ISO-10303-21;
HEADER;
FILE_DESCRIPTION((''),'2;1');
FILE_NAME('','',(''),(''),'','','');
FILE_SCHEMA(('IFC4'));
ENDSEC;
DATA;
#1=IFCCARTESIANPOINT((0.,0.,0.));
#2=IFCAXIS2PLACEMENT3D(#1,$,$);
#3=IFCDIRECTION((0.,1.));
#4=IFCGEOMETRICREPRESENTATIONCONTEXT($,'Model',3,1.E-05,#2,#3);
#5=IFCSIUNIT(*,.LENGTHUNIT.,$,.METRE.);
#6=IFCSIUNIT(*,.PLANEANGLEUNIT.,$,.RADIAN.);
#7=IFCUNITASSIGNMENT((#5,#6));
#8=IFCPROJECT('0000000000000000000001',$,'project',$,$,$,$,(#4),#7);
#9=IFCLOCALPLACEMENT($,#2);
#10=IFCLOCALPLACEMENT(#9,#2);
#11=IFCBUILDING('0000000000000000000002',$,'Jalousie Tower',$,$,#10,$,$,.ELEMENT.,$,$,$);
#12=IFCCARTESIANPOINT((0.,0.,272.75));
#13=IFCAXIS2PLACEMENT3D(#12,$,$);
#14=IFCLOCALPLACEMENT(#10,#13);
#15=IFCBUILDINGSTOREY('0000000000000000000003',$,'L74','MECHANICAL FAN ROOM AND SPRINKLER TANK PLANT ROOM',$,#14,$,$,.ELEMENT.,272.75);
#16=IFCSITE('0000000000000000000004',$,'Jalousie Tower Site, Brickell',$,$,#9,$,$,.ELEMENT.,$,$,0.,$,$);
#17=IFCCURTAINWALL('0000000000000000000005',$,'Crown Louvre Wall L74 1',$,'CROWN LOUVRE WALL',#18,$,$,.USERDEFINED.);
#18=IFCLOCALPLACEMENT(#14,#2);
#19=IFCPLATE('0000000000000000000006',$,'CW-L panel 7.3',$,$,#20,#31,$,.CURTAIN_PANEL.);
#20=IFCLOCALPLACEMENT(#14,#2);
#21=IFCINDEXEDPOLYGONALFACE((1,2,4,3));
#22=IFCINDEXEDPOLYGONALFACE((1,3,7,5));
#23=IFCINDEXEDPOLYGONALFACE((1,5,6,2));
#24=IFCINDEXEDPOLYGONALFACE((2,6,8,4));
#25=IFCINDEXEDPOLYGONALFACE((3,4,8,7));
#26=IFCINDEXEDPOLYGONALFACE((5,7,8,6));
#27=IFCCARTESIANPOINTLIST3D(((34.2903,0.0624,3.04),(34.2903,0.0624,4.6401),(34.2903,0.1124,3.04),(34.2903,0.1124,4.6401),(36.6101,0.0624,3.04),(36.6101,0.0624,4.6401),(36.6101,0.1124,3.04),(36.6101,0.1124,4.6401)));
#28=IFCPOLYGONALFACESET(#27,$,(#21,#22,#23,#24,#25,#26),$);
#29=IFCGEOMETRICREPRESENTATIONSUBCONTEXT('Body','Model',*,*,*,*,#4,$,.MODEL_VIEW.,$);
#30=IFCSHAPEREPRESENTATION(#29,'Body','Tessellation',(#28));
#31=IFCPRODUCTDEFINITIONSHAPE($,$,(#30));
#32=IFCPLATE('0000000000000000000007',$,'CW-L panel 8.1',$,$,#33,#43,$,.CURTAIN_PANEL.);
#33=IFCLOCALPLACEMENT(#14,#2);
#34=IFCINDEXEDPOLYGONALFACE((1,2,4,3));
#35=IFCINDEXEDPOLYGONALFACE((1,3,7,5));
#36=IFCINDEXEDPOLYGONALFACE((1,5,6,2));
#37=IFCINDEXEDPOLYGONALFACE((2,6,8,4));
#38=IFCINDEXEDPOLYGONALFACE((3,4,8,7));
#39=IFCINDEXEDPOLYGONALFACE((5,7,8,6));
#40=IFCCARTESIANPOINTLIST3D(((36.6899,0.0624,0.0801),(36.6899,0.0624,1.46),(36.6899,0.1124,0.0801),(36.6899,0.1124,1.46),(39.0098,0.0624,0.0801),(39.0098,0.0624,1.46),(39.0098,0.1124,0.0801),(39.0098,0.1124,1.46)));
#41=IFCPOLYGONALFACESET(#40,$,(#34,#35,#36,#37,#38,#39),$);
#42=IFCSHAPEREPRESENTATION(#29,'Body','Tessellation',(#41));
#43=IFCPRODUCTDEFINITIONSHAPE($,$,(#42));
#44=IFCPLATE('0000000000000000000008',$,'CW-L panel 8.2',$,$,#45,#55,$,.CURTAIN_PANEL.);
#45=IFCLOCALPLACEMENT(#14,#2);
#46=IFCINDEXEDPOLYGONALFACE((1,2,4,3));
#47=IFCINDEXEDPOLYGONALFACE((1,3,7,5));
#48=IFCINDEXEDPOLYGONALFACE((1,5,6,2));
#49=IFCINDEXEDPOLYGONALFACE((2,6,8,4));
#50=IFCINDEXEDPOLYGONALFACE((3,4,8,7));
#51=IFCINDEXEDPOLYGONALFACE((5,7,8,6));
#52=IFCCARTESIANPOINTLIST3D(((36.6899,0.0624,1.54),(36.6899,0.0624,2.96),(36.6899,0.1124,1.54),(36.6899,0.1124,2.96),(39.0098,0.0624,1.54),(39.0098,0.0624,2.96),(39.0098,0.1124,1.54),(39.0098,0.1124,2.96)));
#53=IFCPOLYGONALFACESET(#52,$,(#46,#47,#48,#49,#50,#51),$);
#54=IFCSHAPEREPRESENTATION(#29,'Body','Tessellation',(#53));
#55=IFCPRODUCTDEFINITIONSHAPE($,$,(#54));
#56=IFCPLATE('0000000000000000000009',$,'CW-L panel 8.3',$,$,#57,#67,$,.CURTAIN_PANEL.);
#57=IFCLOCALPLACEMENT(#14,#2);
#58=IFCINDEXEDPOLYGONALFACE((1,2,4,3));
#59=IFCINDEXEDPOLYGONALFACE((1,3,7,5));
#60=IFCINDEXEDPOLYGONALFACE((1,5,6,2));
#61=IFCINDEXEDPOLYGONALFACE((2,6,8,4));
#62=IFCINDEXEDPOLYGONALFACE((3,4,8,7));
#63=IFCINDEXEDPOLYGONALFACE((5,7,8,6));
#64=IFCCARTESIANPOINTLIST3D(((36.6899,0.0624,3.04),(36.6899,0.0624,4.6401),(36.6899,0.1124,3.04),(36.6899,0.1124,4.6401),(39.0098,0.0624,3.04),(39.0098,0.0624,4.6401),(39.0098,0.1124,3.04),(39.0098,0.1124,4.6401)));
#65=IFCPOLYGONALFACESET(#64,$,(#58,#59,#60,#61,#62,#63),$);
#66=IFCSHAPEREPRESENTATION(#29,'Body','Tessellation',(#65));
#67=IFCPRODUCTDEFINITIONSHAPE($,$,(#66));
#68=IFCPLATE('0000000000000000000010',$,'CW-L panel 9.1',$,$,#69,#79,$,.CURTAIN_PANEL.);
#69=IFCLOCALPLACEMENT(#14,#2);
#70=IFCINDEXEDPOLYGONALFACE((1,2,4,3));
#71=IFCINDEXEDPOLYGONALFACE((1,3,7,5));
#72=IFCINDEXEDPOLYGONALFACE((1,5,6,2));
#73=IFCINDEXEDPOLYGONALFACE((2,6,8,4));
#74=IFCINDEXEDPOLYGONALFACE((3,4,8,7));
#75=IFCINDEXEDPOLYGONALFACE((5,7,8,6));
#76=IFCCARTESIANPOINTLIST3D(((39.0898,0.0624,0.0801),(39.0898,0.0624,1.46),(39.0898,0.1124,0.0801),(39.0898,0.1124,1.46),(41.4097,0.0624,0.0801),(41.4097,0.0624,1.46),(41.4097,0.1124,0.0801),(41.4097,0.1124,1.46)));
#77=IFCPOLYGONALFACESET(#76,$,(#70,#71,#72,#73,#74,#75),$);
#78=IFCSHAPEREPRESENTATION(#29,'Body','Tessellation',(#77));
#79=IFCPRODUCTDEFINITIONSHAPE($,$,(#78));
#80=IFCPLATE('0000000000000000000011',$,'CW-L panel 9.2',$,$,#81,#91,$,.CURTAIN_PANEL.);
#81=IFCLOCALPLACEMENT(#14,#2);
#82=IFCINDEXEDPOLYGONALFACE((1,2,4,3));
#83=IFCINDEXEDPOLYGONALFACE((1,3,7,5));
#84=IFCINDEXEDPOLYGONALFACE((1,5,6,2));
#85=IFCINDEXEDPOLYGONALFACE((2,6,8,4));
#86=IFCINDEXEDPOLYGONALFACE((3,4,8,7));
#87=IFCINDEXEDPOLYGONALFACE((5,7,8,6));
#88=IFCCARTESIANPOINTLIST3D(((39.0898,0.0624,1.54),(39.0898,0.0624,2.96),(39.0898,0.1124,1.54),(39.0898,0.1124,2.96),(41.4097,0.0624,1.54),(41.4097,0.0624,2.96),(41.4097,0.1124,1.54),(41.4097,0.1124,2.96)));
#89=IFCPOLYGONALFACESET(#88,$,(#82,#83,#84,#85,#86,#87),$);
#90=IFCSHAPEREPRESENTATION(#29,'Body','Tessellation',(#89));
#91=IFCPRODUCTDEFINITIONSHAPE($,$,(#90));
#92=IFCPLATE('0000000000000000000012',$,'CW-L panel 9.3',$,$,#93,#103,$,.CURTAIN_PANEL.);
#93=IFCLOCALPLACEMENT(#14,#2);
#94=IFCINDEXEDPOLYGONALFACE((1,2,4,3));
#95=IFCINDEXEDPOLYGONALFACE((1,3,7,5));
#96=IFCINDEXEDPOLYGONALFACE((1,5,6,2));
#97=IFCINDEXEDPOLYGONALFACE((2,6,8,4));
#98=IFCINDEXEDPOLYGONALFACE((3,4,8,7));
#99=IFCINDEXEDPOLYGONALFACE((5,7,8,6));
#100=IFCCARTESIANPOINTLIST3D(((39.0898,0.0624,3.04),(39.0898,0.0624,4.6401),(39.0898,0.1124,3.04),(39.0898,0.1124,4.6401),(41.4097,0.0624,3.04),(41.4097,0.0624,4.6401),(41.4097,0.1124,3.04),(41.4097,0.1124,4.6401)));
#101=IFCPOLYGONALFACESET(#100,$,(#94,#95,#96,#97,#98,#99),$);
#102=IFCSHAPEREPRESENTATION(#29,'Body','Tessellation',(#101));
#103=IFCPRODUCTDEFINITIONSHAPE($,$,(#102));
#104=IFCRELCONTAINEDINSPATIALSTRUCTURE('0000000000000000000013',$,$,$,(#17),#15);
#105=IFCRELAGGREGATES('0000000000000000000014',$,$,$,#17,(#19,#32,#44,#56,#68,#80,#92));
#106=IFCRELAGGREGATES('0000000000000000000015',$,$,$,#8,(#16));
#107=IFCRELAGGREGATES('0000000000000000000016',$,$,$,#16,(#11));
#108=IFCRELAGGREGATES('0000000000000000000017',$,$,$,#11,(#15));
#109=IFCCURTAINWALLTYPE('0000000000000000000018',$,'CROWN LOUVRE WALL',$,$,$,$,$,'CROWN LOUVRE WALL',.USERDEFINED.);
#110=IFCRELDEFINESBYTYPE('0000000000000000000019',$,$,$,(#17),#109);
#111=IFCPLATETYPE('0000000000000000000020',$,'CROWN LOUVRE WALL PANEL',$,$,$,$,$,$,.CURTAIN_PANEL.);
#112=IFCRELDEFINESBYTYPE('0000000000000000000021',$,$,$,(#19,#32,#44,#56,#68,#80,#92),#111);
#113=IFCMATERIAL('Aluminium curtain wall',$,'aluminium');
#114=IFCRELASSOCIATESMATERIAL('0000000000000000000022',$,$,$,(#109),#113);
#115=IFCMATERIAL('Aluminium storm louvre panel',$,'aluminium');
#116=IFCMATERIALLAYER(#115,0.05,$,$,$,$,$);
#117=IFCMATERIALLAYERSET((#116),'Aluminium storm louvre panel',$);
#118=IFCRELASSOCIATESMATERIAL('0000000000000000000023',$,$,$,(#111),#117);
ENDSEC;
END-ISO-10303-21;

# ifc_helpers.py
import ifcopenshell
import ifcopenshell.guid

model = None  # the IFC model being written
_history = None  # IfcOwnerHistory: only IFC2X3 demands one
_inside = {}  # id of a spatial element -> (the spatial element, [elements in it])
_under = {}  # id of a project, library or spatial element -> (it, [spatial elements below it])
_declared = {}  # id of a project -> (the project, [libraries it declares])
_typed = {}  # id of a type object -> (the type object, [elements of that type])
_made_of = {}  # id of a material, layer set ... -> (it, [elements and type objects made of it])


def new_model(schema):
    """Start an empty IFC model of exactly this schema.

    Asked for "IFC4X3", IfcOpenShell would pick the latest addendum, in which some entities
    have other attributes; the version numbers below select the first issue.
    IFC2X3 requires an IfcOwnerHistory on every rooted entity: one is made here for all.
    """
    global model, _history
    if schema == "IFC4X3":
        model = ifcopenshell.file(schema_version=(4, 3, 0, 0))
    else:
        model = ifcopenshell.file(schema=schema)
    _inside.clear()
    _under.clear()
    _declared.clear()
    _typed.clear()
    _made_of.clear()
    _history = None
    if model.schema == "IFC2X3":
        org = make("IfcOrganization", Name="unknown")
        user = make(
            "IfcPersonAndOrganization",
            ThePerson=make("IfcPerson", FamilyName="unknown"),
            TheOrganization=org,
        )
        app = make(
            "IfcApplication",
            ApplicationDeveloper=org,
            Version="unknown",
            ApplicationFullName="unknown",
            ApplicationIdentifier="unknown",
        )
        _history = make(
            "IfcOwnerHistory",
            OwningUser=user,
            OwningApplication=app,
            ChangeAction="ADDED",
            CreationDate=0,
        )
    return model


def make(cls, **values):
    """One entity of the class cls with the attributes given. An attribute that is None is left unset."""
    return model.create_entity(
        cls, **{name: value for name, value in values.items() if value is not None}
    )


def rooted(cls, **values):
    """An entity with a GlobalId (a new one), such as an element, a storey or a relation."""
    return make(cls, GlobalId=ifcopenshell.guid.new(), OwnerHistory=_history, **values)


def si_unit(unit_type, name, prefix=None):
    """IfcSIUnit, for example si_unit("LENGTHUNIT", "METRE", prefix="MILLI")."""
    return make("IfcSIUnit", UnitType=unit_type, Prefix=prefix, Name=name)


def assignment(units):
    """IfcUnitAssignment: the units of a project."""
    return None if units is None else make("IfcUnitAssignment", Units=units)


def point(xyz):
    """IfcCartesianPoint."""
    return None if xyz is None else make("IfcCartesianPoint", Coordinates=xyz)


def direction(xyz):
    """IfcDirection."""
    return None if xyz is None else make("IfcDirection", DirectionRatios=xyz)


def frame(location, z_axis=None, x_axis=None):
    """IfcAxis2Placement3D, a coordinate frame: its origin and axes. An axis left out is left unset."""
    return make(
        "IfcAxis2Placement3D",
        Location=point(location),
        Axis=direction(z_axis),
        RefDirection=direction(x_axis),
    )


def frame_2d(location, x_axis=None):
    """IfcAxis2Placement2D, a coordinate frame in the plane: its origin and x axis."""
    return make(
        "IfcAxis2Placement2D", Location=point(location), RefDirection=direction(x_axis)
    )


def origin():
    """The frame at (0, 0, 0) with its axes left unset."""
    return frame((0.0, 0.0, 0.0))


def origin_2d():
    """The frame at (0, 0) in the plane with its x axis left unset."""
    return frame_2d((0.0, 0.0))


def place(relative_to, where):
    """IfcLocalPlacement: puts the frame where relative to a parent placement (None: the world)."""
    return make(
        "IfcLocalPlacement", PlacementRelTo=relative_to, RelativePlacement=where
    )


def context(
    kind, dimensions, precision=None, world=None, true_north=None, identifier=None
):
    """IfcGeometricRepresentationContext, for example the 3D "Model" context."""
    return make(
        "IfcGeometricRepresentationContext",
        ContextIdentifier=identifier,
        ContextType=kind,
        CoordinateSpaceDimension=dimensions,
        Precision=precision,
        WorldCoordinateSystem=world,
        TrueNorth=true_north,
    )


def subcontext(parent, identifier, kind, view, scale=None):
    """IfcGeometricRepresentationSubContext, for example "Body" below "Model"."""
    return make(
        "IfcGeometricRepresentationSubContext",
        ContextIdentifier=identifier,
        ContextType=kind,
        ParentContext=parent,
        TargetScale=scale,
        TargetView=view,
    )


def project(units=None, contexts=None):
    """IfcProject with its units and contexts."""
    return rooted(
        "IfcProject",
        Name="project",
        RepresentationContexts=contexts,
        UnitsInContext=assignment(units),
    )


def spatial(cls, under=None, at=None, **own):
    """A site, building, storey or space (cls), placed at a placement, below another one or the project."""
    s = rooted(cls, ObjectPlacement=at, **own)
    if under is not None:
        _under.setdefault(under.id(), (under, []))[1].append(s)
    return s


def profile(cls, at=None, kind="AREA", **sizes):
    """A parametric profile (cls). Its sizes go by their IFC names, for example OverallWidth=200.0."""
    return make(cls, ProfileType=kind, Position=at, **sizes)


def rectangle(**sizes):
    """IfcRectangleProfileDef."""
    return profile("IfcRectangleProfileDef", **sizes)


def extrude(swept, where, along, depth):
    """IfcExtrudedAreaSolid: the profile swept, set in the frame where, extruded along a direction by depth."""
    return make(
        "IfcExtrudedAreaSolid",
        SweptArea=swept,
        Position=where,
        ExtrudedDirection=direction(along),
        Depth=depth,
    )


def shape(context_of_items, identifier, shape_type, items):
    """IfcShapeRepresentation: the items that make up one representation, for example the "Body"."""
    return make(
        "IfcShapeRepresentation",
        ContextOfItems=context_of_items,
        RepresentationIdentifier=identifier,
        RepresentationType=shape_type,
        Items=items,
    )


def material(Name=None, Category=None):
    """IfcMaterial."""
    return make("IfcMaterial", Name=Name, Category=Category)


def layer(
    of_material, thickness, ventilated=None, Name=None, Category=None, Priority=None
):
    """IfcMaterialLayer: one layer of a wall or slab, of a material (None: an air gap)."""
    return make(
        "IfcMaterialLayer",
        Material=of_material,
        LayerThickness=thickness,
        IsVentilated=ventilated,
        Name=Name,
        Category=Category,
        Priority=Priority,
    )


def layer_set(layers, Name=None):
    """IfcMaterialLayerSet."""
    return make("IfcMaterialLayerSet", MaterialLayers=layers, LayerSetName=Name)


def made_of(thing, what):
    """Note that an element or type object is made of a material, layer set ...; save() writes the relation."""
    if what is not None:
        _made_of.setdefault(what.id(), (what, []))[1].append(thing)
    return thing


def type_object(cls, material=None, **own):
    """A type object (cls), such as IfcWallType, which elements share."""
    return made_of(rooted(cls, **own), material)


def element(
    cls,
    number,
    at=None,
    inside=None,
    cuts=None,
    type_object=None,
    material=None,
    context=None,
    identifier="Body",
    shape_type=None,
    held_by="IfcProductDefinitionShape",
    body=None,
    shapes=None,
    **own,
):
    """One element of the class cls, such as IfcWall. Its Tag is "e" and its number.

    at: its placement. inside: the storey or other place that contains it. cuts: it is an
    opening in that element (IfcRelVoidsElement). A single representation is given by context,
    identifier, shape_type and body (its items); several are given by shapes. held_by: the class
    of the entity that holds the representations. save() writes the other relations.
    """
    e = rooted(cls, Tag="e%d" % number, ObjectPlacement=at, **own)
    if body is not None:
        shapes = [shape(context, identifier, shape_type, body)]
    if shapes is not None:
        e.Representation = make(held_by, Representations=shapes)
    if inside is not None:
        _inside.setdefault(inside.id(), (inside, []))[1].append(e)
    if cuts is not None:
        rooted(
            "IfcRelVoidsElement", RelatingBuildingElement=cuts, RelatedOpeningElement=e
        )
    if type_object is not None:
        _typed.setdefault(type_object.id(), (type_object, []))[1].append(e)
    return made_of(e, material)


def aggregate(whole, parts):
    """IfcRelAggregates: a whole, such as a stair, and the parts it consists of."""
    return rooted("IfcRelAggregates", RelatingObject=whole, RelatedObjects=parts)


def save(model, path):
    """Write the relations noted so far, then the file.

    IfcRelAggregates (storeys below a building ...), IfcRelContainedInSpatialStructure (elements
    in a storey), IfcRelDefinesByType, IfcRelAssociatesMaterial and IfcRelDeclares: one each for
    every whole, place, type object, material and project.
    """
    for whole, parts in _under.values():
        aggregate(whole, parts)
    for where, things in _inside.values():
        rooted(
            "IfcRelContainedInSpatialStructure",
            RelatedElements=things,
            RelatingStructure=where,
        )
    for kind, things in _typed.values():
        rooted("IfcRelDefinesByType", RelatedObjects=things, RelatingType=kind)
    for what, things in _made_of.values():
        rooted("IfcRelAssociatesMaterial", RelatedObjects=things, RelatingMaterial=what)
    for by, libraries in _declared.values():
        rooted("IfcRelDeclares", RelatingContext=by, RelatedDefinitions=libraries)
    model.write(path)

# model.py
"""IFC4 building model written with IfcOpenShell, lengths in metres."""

from ifc_helpers import new_model, si_unit, direction, frame, origin, origin_2d, place, context, subcontext, project, spatial, rectangle, extrude, material, layer, layer_set, type_object, element, aggregate, save


model = new_model("IFC4")

# Units and contexts
model_context = context("Model", 3, precision=1e-05, world=origin(), true_north=direction((0.0, 1.0)))
body_context = subcontext(model_context, "Body", "Model", "MODEL_VIEW")
ifc_project = project(units=[si_unit("LENGTHUNIT", "METRE"), si_unit("PLANEANGLEUNIT", "RADIAN")], contexts=[model_context])

# Site, building, storey
site_placement = place(None, origin())
site = spatial("IfcSite", under=ifc_project, at=site_placement, Name="Jalousie Tower Site, Brickell", CompositionType="ELEMENT", RefElevation=0.0)
building_placement = place(site_placement, origin())
building = spatial("IfcBuilding", under=site, at=building_placement, Name="Jalousie Tower", CompositionType="ELEMENT")
storey_placement = place(building_placement, frame((0.0, 0.0, 272.75)))
storey = spatial("IfcBuildingStorey", under=building, at=storey_placement, Name="L74", Description="MECHANICAL FAN ROOM AND SPRINKLER TANK PLANT ROOM", CompositionType="ELEMENT", Elevation=272.75)

# Curtain wall, plates
ifc_material_1 = material(Name="Aluminium curtain wall", Category="aluminium")
curtain_wall_type = type_object("IfcCurtainWallType", Name="CROWN LOUVRE WALL", ElementType="CROWN LOUVRE WALL", PredefinedType="USERDEFINED", material=ifc_material_1)
curtain_wall_placement = place(storey_placement, origin())
curtain_wall = element("IfcCurtainWall", 1, at=curtain_wall_placement, inside=storey, type_object=curtain_wall_type, Name="Crown Louvre Wall L74 1", ObjectType="CROWN LOUVRE WALL", PredefinedType="USERDEFINED")
ifc_material_2 = material(Name="Aluminium storm louvre panel", Category="aluminium")
ifc_layer = layer(ifc_material_2, 0.05)
ifc_layer_set = layer_set([ifc_layer], Name="Aluminium storm louvre panel")
plate_type = type_object("IfcPlateType", Name="CROWN LOUVRE WALL PANEL", PredefinedType="CURTAIN_PANEL", material=ifc_layer_set)
plate_1_placement = place(storey_placement, frame((35.4502, 0.0874, 3.04), z_axis=(0.0, 0.0, 1.0), x_axis=(1.0, 0.0, 0.0)))
plate_1 = element("IfcPlate", 2, at=plate_1_placement, type_object=plate_type, Name="CW-L panel 7.3", PredefinedType="CURTAIN_PANEL", context=body_context, shape_type="SweptSolid", body=[
    extrude(rectangle(XDim=2.3198, YDim=0.05, at=origin_2d()), origin(), (0.0, 0.0, 1.0), 1.6001),
])
plate_2_placement = place(storey_placement, frame((37.8499, 0.0874, 0.0801), z_axis=(0.0, 0.0, 1.0), x_axis=(1.0, 0.0, 0.0)))
plate_2 = element("IfcPlate", 3, at=plate_2_placement, type_object=plate_type, Name="CW-L panel 8.1", PredefinedType="CURTAIN_PANEL", context=body_context, shape_type="SweptSolid", body=[
    extrude(rectangle(XDim=2.3198, YDim=0.05, at=origin_2d()), origin(), (0.0, 0.0, 1.0), 1.3799),
])
plate_3_placement = place(storey_placement, frame((37.8499, 0.0874, 1.54), z_axis=(0.0, 0.0, 1.0), x_axis=(1.0, 0.0, 0.0)))
plate_3 = element("IfcPlate", 4, at=plate_3_placement, type_object=plate_type, Name="CW-L panel 8.2", PredefinedType="CURTAIN_PANEL", context=body_context, shape_type="SweptSolid", body=[
    extrude(rectangle(XDim=2.3198, YDim=0.05, at=origin_2d()), origin(), (0.0, 0.0, 1.0), 1.4199),
])
plate_4_placement = place(storey_placement, frame((37.8499, 0.0874, 3.04), z_axis=(0.0, 0.0, 1.0), x_axis=(1.0, 0.0, 0.0)))
plate_4 = element("IfcPlate", 5, at=plate_4_placement, type_object=plate_type, Name="CW-L panel 8.3", PredefinedType="CURTAIN_PANEL", context=body_context, shape_type="SweptSolid", body=[
    extrude(rectangle(XDim=2.3198, YDim=0.05, at=origin_2d()), origin(), (0.0, 0.0, 1.0), 1.6001),
])
plate_5_placement = place(storey_placement, frame((40.2498, 0.0874, 0.0801), z_axis=(0.0, 0.0, 1.0), x_axis=(1.0, 0.0, 0.0)))
plate_5 = element("IfcPlate", 6, at=plate_5_placement, type_object=plate_type, Name="CW-L panel 9.1", PredefinedType="CURTAIN_PANEL", context=body_context, shape_type="SweptSolid", body=[
    extrude(rectangle(XDim=2.3198, YDim=0.05, at=origin_2d()), origin(), (0.0, 0.0, 1.0), 1.3799),
])
plate_6_placement = place(storey_placement, frame((40.2498, 0.0874, 1.54), z_axis=(0.0, 0.0, 1.0), x_axis=(1.0, 0.0, 0.0)))
plate_6 = element("IfcPlate", 7, at=plate_6_placement, type_object=plate_type, Name="CW-L panel 9.2", PredefinedType="CURTAIN_PANEL", context=body_context, shape_type="SweptSolid", body=[
    extrude(rectangle(XDim=2.3198, YDim=0.05, at=origin_2d()), origin(), (0.0, 0.0, 1.0), 1.4199),
])
plate_7_placement = place(storey_placement, frame((40.2498, 0.0874, 3.04), z_axis=(0.0, 0.0, 1.0), x_axis=(1.0, 0.0, 0.0)))
plate_7 = element("IfcPlate", 8, at=plate_7_placement, type_object=plate_type, Name="CW-L panel 9.3", PredefinedType="CURTAIN_PANEL", context=body_context, shape_type="SweptSolid", body=[
    extrude(rectangle(XDim=2.3198, YDim=0.05, at=origin_2d()), origin(), (0.0, 0.0, 1.0), 1.6001),
])
aggregate(curtain_wall, [plate_1, plate_2, plate_3, plate_4, plate_5, plate_6, plate_7])

save(model, "model.ifc")
